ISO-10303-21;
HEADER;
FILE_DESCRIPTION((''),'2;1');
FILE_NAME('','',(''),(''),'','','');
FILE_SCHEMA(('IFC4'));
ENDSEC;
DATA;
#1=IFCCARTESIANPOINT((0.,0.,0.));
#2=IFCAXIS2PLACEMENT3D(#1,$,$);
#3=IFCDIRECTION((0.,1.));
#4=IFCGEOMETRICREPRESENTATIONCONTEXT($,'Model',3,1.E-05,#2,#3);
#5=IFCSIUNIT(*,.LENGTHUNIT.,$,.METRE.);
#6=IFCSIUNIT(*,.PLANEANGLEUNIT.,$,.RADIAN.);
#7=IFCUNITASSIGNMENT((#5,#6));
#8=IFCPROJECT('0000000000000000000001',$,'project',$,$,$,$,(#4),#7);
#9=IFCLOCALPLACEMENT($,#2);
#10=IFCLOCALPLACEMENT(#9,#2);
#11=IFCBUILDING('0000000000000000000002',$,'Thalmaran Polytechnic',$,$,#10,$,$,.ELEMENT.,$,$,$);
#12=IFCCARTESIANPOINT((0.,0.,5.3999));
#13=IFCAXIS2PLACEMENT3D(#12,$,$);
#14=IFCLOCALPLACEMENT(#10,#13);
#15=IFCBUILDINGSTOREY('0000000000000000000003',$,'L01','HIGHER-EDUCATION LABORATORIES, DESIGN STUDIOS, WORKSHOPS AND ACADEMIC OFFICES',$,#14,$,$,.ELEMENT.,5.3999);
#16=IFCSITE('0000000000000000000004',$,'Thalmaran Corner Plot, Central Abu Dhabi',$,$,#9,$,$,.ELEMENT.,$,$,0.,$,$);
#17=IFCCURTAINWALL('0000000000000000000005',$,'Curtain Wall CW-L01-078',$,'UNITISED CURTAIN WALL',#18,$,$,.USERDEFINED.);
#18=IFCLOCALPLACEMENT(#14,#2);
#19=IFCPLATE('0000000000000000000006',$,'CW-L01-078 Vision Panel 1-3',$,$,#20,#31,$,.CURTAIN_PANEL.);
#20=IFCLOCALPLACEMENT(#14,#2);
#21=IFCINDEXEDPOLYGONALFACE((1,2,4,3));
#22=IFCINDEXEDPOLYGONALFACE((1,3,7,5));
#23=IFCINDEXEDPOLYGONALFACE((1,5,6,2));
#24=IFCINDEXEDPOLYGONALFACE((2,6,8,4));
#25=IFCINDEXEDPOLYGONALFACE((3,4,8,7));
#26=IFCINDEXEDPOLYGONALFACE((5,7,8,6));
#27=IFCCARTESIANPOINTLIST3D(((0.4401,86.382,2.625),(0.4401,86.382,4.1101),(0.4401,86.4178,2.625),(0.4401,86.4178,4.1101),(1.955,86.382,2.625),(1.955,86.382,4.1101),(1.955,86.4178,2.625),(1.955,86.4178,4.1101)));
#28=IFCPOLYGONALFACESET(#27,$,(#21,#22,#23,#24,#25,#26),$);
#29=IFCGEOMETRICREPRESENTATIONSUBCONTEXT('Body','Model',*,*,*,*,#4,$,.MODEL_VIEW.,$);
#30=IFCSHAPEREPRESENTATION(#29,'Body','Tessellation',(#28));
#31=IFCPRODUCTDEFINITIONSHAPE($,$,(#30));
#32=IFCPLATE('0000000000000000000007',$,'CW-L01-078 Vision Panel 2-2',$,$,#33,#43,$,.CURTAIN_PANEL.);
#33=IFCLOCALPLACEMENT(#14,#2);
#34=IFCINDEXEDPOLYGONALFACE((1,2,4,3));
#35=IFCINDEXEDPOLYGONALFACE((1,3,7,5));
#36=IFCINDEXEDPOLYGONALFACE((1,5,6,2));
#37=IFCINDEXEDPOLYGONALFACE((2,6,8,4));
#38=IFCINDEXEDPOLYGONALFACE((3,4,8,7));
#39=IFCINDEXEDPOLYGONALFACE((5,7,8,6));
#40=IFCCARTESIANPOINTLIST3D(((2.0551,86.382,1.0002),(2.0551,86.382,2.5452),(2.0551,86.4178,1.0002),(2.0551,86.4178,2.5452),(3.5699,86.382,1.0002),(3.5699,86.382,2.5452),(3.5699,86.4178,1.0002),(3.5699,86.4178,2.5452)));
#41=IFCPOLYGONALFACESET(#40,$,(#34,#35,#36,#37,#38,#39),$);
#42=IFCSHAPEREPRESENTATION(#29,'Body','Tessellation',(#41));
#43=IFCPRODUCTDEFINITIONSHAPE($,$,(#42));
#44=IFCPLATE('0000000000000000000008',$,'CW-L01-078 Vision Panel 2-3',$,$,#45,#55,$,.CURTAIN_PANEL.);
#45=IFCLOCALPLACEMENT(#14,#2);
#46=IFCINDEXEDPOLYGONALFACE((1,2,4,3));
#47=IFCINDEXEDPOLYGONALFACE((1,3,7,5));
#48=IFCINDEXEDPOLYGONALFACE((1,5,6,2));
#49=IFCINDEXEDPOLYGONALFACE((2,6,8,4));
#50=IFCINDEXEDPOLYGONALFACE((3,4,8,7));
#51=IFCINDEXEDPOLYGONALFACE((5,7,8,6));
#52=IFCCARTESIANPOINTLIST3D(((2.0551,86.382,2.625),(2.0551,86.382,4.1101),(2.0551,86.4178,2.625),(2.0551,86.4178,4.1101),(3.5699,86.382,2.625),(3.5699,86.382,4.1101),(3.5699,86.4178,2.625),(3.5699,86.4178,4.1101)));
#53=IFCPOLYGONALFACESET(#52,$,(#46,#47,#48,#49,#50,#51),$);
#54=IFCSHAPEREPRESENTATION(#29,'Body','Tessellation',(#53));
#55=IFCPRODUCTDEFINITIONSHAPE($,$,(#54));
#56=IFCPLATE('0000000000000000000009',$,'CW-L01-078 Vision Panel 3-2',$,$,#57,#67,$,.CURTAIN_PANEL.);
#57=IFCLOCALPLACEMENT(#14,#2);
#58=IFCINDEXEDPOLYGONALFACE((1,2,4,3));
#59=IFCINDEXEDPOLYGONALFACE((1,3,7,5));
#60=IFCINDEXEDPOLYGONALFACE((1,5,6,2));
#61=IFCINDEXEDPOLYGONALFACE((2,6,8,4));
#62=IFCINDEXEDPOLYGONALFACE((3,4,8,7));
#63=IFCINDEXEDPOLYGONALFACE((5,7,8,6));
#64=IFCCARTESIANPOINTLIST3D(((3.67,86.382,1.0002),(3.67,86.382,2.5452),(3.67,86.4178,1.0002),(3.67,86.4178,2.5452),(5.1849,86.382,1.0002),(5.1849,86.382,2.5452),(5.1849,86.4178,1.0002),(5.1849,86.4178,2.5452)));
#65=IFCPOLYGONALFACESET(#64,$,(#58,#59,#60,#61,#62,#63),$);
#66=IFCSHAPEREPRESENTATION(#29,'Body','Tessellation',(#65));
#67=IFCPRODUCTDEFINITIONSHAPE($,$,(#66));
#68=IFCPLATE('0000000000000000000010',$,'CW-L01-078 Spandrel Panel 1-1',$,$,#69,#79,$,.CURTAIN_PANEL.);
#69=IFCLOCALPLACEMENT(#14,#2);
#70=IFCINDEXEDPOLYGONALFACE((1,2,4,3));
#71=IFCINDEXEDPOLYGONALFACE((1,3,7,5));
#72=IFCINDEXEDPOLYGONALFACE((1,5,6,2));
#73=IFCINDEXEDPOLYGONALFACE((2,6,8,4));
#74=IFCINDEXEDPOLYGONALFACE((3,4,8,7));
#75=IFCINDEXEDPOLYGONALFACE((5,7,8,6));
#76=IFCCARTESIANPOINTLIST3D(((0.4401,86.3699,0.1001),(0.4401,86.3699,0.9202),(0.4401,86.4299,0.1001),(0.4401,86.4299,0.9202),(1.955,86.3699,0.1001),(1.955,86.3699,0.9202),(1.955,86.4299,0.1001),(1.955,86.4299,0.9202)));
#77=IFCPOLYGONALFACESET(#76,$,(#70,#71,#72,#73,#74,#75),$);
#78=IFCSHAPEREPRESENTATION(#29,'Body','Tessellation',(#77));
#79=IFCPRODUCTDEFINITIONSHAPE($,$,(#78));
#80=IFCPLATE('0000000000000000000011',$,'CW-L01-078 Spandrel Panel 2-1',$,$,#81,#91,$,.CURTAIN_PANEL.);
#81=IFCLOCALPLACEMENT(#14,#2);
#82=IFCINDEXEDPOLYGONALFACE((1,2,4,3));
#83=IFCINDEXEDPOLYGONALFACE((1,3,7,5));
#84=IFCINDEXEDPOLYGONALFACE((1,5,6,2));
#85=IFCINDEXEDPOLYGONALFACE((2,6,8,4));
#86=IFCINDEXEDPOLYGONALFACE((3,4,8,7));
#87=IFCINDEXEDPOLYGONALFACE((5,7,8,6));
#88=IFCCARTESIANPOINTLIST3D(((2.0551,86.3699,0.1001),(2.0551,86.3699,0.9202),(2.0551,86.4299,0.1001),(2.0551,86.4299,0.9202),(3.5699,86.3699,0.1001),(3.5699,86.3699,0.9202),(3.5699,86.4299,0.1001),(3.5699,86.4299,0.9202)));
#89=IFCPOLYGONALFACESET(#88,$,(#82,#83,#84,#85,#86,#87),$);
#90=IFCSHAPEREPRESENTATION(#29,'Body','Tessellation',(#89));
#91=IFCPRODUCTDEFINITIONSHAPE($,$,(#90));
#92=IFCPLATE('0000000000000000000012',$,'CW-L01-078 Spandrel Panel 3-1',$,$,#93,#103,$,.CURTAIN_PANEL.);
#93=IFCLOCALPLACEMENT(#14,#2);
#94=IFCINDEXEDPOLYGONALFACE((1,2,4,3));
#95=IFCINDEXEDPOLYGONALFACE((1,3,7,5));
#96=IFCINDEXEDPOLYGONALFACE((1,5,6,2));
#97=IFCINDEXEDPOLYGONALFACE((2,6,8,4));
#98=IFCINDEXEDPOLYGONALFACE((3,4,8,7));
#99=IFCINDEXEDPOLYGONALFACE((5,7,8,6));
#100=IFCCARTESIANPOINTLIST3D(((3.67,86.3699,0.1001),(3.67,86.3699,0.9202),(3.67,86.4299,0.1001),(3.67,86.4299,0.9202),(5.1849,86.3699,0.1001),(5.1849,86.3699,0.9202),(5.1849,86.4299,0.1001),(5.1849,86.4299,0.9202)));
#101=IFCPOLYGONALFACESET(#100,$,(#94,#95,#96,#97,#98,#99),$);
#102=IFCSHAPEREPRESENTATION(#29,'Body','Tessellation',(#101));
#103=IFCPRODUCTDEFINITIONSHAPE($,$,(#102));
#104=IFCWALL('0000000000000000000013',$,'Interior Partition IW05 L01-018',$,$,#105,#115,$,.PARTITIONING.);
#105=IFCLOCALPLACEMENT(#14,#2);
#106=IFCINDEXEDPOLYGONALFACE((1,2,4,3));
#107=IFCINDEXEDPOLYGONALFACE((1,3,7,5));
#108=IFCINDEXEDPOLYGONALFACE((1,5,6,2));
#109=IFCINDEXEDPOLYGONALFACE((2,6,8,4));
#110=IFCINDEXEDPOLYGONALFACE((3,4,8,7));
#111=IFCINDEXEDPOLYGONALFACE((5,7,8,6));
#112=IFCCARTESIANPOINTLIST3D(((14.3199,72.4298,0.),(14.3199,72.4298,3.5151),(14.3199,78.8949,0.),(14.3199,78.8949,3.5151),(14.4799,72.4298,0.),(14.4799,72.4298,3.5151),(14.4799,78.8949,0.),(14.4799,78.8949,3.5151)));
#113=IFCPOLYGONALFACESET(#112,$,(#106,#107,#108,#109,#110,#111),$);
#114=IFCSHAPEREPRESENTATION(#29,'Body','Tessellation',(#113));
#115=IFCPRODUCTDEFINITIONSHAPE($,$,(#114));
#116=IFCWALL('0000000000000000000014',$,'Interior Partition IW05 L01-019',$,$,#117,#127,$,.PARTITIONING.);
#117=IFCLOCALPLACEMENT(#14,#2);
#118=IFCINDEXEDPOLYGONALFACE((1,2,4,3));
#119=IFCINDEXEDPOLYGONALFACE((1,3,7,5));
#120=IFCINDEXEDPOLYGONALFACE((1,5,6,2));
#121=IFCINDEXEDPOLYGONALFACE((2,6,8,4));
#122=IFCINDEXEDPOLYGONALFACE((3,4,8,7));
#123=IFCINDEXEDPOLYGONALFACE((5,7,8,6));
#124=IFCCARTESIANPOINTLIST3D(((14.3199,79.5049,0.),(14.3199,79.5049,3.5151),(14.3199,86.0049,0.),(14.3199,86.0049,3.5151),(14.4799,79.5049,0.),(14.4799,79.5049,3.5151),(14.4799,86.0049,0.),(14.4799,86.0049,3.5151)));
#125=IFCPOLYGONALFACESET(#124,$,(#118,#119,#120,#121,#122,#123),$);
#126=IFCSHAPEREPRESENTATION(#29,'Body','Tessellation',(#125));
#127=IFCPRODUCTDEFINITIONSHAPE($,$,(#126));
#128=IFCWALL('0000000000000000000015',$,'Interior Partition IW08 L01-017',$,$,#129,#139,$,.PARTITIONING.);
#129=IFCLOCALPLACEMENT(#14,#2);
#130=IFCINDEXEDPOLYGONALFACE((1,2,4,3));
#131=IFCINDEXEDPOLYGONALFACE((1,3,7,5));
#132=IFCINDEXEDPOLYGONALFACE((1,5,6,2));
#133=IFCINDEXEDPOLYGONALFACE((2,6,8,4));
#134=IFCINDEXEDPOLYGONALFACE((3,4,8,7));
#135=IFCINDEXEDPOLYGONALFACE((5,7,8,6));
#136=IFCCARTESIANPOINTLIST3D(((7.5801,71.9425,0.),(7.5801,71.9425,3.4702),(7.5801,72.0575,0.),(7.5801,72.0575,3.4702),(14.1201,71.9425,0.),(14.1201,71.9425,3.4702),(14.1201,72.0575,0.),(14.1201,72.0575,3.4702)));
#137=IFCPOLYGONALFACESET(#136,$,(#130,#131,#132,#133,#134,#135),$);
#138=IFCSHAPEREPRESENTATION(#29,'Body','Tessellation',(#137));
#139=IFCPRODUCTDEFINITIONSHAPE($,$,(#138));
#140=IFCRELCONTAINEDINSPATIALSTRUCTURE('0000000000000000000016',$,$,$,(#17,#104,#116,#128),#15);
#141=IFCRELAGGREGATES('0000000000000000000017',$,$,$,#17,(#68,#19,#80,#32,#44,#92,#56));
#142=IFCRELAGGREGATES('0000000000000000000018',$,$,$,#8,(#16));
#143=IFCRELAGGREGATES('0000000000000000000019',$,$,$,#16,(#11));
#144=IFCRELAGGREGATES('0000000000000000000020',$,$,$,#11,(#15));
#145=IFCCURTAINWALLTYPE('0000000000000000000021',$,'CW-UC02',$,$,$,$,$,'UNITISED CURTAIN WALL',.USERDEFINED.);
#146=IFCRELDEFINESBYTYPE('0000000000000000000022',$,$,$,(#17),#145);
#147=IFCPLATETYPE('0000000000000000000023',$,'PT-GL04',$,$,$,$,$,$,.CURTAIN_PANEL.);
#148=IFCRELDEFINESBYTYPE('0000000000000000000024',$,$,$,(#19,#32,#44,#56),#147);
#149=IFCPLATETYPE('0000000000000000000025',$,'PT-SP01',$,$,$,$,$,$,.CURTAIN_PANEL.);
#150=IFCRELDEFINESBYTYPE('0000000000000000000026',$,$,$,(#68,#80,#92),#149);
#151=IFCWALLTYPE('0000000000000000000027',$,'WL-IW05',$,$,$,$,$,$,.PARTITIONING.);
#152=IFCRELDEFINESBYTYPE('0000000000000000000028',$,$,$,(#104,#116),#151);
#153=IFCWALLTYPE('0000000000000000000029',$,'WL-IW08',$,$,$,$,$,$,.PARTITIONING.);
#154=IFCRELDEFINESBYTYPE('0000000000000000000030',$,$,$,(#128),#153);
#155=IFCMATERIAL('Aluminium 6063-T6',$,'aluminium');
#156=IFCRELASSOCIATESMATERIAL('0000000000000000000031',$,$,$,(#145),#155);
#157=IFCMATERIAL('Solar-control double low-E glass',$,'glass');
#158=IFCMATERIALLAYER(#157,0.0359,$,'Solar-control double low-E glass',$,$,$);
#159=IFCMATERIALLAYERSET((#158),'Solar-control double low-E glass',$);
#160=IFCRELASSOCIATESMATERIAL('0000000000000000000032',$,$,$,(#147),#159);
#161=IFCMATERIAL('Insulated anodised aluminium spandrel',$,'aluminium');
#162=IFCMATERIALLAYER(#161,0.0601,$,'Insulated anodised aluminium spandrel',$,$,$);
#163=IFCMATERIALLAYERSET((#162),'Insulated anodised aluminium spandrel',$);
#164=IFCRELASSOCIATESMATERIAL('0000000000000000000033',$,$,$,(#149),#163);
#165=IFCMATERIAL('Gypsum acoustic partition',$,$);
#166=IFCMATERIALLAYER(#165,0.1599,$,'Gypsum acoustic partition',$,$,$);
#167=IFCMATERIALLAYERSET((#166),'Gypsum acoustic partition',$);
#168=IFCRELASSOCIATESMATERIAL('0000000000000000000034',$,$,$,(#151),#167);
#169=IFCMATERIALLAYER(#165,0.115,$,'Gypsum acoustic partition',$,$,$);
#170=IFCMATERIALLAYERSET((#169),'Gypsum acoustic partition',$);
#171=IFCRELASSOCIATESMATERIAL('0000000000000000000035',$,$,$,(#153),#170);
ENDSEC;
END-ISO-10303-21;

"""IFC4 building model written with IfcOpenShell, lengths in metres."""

from ifc_helpers import new_model, si_unit, direction, frame, frame_2d, origin, origin_2d, place, context, subcontext, project, spatial, rectangle, extrude, material, layer, layer_set, type_object, element, aggregate, save


model = new_model("IFC4")

# Units and contexts
model_context = context("Model", 3, precision=1e-05, world=origin(), true_north=direction((0.0, 1.0)))
body_context = subcontext(model_context, "Body", "Model", "MODEL_VIEW")
ifc_project = project(units=[si_unit("LENGTHUNIT", "METRE"), si_unit("PLANEANGLEUNIT", "RADIAN")], contexts=[model_context])

# Site, building, storey
site_placement = place(None, origin())
site = spatial("IfcSite", under=ifc_project, at=site_placement, Name="Thalmaran Corner Plot, Central Abu Dhabi", CompositionType="ELEMENT", RefElevation=0.0)
building_placement = place(site_placement, origin())
building = spatial("IfcBuilding", under=site, at=building_placement, Name="Thalmaran Polytechnic", CompositionType="ELEMENT")
storey_placement = place(building_placement, frame((0.0, 0.0, 5.3999)))
storey = spatial("IfcBuildingStorey", under=building, at=storey_placement, Name="L01", Description="HIGHER-EDUCATION LABORATORIES, DESIGN STUDIOS, WORKSHOPS AND ACADEMIC OFFICES", CompositionType="ELEMENT", Elevation=5.3999)

# Curtain wall, plates
ifc_material_1 = material(Name="Aluminium 6063-T6", Category="aluminium")
curtain_wall_type = type_object("IfcCurtainWallType", Name="CW-UC02", ElementType="UNITISED CURTAIN WALL", PredefinedType="USERDEFINED", material=ifc_material_1)
curtain_wall_placement = place(storey_placement, origin())
curtain_wall = element("IfcCurtainWall", 1, at=curtain_wall_placement, inside=storey, type_object=curtain_wall_type, Name="Curtain Wall CW-L01-078", ObjectType="UNITISED CURTAIN WALL", PredefinedType="USERDEFINED")
ifc_material_2 = material(Name="Solar-control double low-E glass", Category="glass")
ifc_layer_1 = layer(ifc_material_2, 0.0359, Name="Solar-control double low-E glass")
ifc_layer_set_1 = layer_set([ifc_layer_1], Name="Solar-control double low-E glass")
plate_type_1 = type_object("IfcPlateType", Name="PT-GL04", PredefinedType="CURTAIN_PANEL", material=ifc_layer_set_1)
plate_1_placement = place(storey_placement, frame((1.1975, 86.3999, 2.625), z_axis=(0.0, 0.0, 1.0), x_axis=(1.0, 0.0, 0.0)))
plate_1 = element("IfcPlate", 2, at=plate_1_placement, type_object=plate_type_1, Name="CW-L01-078 Vision Panel 1-3", PredefinedType="CURTAIN_PANEL", context=body_context, shape_type="SweptSolid", body=[
    extrude(rectangle(XDim=1.5149, YDim=0.0359, at=origin_2d()), origin(), (0.0, 0.0, 1.0), 1.4851),
])
plate_2_placement = place(storey_placement, frame((2.8125, 86.3999, 1.0002), z_axis=(0.0, 0.0, 1.0), x_axis=(1.0, 0.0, 0.0)))
plate_2 = element("IfcPlate", 3, at=plate_2_placement, type_object=plate_type_1, Name="CW-L01-078 Vision Panel 2-2", PredefinedType="CURTAIN_PANEL", context=body_context, shape_type="SweptSolid", body=[
    extrude(rectangle(XDim=1.5149, YDim=0.0359, at=origin_2d()), origin(), (0.0, 0.0, 1.0), 1.5449),
])
plate_3_placement = place(storey_placement, frame((2.8125, 86.3999, 2.625), z_axis=(0.0, 0.0, 1.0), x_axis=(1.0, 0.0, 0.0)))
plate_3 = element("IfcPlate", 4, at=plate_3_placement, type_object=plate_type_1, Name="CW-L01-078 Vision Panel 2-3", PredefinedType="CURTAIN_PANEL", context=body_context, shape_type="SweptSolid", body=[
    extrude(rectangle(XDim=1.5149, YDim=0.0359, at=origin_2d()), origin(), (0.0, 0.0, 1.0), 1.4851),
])
plate_4_placement = place(storey_placement, frame((4.4275, 86.3999, 1.0002), z_axis=(0.0, 0.0, 1.0), x_axis=(1.0, 0.0, 0.0)))
plate_4 = element("IfcPlate", 5, at=plate_4_placement, type_object=plate_type_1, Name="CW-L01-078 Vision Panel 3-2", PredefinedType="CURTAIN_PANEL", context=body_context, shape_type="SweptSolid", body=[
    extrude(rectangle(XDim=1.5149, YDim=0.0359, at=origin_2d()), origin(), (0.0, 0.0, 1.0), 1.5449),
])
ifc_material_3 = material(Name="Insulated anodised aluminium spandrel", Category="aluminium")
ifc_layer_2 = layer(ifc_material_3, 0.0601, Name="Insulated anodised aluminium spandrel")
ifc_layer_set_2 = layer_set([ifc_layer_2], Name="Insulated anodised aluminium spandrel")
plate_type_2 = type_object("IfcPlateType", Name="PT-SP01", PredefinedType="CURTAIN_PANEL", material=ifc_layer_set_2)
plate_5_placement = place(storey_placement, frame((1.1975, 86.3999, 0.1001), z_axis=(0.0, 0.0, 1.0), x_axis=(1.0, 0.0, 0.0)))
plate_5 = element("IfcPlate", 6, at=plate_5_placement, type_object=plate_type_2, Name="CW-L01-078 Spandrel Panel 1-1", PredefinedType="CURTAIN_PANEL", context=body_context, shape_type="SweptSolid", body=[
    extrude(rectangle(XDim=1.5149, YDim=0.0601, at=origin_2d()), origin(), (0.0, 0.0, 1.0), 0.8201),
])
plate_6_placement = place(storey_placement, frame((2.8125, 86.3999, 0.1001), z_axis=(0.0, 0.0, 1.0), x_axis=(1.0, 0.0, 0.0)))
plate_6 = element("IfcPlate", 7, at=plate_6_placement, type_object=plate_type_2, Name="CW-L01-078 Spandrel Panel 2-1", PredefinedType="CURTAIN_PANEL", context=body_context, shape_type="SweptSolid", body=[
    extrude(rectangle(XDim=1.5149, YDim=0.0601, at=origin_2d()), origin(), (0.0, 0.0, 1.0), 0.8201),
])
plate_7_placement = place(storey_placement, frame((4.4275, 86.3999, 0.1001), z_axis=(0.0, 0.0, 1.0), x_axis=(1.0, 0.0, 0.0)))
plate_7 = element("IfcPlate", 8, at=plate_7_placement, type_object=plate_type_2, Name="CW-L01-078 Spandrel Panel 3-1", PredefinedType="CURTAIN_PANEL", context=body_context, shape_type="SweptSolid", body=[
    extrude(rectangle(XDim=1.5149, YDim=0.0601, at=origin_2d()), origin(), (0.0, 0.0, 1.0), 0.8201),
])
aggregate(curtain_wall, [plate_5, plate_1, plate_6, plate_2, plate_3, plate_7, plate_4])

# Walls
ifc_material_4 = material(Name="Gypsum acoustic partition")
ifc_layer_3 = layer(ifc_material_4, 0.1599, Name="Gypsum acoustic partition")
ifc_layer_set_3 = layer_set([ifc_layer_3], Name="Gypsum acoustic partition")
wall_type_1 = type_object("IfcWallType", Name="WL-IW05", PredefinedType="PARTITIONING", material=ifc_layer_set_3)
wall_1_placement = place(storey_placement, frame((14.3999, 72.4299, 0.0), z_axis=(0.0, 0.0, 1.0), x_axis=(0.0, 1.0, 0.0)))
element("IfcWall", 9, at=wall_1_placement, inside=storey, type_object=wall_type_1, Name="Interior Partition IW05 L01-018", PredefinedType="PARTITIONING", context=body_context, shape_type="SweptSolid", body=[
    extrude(rectangle(XDim=6.4651, YDim=0.1599, at=frame_2d((3.2324, 0.0))), origin(), (0.0, 0.0, 1.0), 3.5151),
])
wall_2_placement = place(storey_placement, frame((14.3999, 79.5049, 0.0), z_axis=(0.0, 0.0, 1.0), x_axis=(0.0, 1.0, 0.0)))
element("IfcWall", 10, at=wall_2_placement, inside=storey, type_object=wall_type_1, Name="Interior Partition IW05 L01-019", PredefinedType="PARTITIONING", context=body_context, shape_type="SweptSolid", body=[
    extrude(rectangle(XDim=6.5, YDim=0.1599, at=frame_2d((3.25, 0.0))), origin(), (0.0, 0.0, 1.0), 3.5151),
])
ifc_layer_4 = layer(ifc_material_4, 0.115, Name="Gypsum acoustic partition")
ifc_layer_set_4 = layer_set([ifc_layer_4], Name="Gypsum acoustic partition")
wall_type_2 = type_object("IfcWallType", Name="WL-IW08", PredefinedType="PARTITIONING", material=ifc_layer_set_4)
wall_3_placement = place(storey_placement, frame((7.5801, 72.0, 0.0), z_axis=(0.0, 0.0, 1.0), x_axis=(1.0, 0.0, 0.0)))
element("IfcWall", 11, at=wall_3_placement, inside=storey, type_object=wall_type_2, Name="Interior Partition IW08 L01-017", PredefinedType="PARTITIONING", context=body_context, shape_type="SweptSolid", body=[
    extrude(rectangle(XDim=6.54, YDim=0.115, at=frame_2d((3.27, 0.0))), origin(), (0.0, 0.0, 1.0), 3.4702),
])

save(model, "model.ifc")
